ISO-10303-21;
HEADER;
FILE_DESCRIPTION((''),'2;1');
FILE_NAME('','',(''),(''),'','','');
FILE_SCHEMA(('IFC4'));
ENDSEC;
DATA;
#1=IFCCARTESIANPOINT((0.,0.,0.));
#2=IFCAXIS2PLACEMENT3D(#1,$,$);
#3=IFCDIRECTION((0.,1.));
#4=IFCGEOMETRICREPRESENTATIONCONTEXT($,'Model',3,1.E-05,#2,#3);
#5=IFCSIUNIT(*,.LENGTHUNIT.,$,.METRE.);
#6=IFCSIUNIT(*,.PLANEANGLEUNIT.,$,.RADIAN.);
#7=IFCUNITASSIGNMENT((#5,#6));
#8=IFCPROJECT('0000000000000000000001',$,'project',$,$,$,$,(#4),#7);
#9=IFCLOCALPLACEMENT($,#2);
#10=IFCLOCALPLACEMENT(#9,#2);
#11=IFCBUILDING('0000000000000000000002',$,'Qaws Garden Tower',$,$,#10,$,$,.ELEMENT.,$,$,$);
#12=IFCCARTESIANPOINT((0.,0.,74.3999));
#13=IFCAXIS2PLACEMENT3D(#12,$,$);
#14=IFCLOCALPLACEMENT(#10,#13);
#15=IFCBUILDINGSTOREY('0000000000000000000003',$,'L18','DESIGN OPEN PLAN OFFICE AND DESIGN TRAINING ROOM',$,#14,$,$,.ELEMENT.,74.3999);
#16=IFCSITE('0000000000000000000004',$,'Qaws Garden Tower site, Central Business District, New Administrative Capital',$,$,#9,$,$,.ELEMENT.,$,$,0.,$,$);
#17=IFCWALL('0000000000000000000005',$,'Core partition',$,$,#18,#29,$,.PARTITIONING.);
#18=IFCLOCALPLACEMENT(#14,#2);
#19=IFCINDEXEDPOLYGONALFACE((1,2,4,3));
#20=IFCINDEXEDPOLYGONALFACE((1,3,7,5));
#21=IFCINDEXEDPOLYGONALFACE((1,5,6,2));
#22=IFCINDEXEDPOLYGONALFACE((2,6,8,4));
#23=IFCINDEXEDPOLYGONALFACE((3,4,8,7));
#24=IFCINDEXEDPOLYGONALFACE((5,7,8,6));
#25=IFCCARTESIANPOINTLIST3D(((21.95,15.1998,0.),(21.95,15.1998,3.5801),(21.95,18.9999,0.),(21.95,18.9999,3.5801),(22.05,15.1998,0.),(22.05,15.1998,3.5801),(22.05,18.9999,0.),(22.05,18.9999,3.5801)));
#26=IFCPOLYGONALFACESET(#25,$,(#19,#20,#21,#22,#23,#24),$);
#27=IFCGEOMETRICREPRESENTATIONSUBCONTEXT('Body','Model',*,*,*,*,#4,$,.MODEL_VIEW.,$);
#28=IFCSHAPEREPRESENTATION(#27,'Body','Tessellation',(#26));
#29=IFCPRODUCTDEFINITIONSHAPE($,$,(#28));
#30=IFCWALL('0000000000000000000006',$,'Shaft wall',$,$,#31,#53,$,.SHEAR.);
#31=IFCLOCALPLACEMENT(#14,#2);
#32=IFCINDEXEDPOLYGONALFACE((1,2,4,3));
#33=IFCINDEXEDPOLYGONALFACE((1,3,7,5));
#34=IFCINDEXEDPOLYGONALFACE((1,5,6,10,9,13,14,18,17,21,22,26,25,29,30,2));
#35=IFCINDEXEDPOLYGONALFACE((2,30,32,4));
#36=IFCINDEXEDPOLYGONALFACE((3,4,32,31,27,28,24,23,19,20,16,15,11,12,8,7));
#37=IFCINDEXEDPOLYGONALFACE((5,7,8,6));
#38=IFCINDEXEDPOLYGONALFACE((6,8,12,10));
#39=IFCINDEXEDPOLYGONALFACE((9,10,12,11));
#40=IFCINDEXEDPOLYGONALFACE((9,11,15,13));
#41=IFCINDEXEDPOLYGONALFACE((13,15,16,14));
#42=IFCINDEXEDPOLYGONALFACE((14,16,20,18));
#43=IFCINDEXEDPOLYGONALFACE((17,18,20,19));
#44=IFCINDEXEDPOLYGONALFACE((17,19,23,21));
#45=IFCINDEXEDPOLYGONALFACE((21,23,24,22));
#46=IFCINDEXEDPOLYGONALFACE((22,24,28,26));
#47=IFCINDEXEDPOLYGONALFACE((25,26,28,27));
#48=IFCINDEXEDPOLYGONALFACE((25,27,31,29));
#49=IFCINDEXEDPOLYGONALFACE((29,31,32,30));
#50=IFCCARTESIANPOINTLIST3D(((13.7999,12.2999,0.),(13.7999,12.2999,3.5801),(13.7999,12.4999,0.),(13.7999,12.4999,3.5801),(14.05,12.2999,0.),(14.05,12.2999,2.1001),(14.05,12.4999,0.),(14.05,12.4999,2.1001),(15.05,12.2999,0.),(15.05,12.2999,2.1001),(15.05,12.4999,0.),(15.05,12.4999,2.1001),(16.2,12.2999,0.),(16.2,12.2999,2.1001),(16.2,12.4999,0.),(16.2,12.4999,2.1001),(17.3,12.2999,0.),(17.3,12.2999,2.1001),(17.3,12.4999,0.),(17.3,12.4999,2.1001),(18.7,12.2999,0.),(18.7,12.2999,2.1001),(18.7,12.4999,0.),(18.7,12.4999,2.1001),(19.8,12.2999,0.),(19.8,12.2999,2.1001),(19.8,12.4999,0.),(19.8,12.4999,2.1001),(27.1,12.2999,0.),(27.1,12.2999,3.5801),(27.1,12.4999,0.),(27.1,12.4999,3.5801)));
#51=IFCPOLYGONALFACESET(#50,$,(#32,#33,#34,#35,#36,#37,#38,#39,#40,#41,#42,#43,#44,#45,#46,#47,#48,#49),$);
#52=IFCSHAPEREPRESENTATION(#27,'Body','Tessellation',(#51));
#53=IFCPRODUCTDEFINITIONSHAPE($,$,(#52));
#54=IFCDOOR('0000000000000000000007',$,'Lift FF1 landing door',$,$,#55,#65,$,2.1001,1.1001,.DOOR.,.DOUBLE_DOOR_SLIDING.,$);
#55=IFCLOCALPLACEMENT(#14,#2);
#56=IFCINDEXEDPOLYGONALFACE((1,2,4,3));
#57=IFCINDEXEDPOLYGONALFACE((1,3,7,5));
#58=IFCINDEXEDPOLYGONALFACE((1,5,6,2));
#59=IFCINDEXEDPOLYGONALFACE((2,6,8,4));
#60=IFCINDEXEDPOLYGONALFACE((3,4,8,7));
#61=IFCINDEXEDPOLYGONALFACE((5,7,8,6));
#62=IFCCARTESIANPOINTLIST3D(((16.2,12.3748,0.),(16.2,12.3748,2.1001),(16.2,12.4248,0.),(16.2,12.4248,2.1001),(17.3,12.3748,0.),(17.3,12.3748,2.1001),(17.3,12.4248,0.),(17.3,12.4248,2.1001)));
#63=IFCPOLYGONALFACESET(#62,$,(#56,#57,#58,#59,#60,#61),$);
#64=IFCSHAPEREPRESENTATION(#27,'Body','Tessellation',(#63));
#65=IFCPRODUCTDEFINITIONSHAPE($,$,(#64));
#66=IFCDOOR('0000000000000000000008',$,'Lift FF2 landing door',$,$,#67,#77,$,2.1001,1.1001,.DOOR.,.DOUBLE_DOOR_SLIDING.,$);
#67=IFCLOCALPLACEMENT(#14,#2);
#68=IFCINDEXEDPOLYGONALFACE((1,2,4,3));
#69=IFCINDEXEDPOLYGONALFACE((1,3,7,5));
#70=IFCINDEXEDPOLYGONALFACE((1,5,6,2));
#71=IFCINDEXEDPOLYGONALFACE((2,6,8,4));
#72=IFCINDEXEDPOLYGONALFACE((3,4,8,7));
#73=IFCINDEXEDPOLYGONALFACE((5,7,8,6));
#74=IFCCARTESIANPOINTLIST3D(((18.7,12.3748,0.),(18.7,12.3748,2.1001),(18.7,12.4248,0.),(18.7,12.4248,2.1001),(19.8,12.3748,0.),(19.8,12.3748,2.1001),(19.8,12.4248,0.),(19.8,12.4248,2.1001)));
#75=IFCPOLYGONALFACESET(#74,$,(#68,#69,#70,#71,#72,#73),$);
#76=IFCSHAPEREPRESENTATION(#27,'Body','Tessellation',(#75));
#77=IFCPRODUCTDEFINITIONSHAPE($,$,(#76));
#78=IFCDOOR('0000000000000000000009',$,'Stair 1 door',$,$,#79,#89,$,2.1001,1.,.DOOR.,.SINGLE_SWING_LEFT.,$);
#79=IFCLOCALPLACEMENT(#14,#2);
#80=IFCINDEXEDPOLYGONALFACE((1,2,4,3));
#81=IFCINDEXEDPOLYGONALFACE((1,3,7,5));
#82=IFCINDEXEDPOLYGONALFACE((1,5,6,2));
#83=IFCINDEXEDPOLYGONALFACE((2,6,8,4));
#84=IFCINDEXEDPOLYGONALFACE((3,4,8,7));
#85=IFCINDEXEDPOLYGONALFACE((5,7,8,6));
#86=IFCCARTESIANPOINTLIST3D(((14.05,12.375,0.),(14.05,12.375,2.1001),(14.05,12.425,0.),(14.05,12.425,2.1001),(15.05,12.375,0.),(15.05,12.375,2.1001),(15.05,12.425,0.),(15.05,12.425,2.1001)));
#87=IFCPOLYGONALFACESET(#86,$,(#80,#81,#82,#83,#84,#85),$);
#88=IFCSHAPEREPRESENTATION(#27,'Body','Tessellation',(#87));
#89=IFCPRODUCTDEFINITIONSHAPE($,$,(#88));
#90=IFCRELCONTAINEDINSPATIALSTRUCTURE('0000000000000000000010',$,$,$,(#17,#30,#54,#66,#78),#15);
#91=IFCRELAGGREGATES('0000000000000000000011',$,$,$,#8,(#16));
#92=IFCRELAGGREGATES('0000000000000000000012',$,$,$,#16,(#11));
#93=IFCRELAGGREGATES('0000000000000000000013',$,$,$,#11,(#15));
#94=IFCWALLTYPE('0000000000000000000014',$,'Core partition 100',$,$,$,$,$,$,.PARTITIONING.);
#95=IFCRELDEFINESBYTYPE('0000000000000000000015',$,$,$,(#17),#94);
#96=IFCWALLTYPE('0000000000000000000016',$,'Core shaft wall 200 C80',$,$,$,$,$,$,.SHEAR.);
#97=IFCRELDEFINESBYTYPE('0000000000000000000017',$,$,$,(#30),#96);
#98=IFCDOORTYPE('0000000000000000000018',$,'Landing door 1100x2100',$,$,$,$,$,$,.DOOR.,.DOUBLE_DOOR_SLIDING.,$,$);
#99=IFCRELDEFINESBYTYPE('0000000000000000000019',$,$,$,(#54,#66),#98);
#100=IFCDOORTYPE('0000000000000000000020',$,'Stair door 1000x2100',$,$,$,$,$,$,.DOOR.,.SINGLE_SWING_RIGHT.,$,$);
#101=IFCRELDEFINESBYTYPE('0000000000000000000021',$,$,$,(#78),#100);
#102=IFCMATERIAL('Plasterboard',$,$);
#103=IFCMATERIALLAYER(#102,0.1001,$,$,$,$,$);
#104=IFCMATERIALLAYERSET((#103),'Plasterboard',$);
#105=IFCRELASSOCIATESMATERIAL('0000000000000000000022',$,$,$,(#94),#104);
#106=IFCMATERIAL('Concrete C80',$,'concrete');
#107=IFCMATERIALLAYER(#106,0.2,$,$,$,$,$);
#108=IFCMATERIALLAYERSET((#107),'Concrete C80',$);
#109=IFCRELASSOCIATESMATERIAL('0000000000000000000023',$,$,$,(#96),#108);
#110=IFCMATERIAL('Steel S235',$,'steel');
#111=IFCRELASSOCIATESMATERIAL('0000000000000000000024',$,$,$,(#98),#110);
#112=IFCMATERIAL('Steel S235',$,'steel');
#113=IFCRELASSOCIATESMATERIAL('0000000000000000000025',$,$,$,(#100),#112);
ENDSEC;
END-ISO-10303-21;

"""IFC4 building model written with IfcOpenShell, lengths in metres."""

from ifc_helpers import new_model, si_unit, direction, frame, frame_2d, origin, place, context, subcontext, project, spatial, rectangle, extrude, material, layer, layer_set, type_object, element, fill, save


model = new_model("IFC4")

# Units and contexts
model_context = context("Model", 3, precision=1e-05, world=origin(), true_north=direction((0.0, 1.0)))
body_context = subcontext(model_context, "Body", "Model", "MODEL_VIEW")
ifc_project = project(units=[si_unit("LENGTHUNIT", "METRE"), si_unit("PLANEANGLEUNIT", "RADIAN")], contexts=[model_context])

# Site, building, storey
site_placement = place(None, origin())
site = spatial("IfcSite", under=ifc_project, at=site_placement, Name="Qaws Garden Tower site, Central Business District, New Administrative Capital", CompositionType="ELEMENT", RefElevation=0.0)
building_placement = place(site_placement, origin())
building = spatial("IfcBuilding", under=site, at=building_placement, Name="Qaws Garden Tower", CompositionType="ELEMENT")
storey_placement = place(building_placement, frame((0.0, 0.0, 74.3999)))
storey = spatial("IfcBuildingStorey", under=building, at=storey_placement, Name="L18", Description="DESIGN OPEN PLAN OFFICE AND DESIGN TRAINING ROOM", CompositionType="ELEMENT", Elevation=74.3999)

# Shared definitions
ifc_material_1 = material(Name="Plasterboard")
ifc_layer_1 = layer(ifc_material_1, 0.1001)
ifc_layer_set_1 = layer_set([ifc_layer_1], Name="Plasterboard")
wall_type_1 = type_object("IfcWallType", Name="Core partition 100", PredefinedType="PARTITIONING", material=ifc_layer_set_1)

# Wall
wall_1_placement = place(storey_placement, frame((22.0, 15.2, 0.0), z_axis=(0.0, 0.0, 1.0), x_axis=(0.0, 1.0, 0.0)))
element("IfcWall", 1, at=wall_1_placement, inside=storey, type_object=wall_type_1, Name="Core partition", PredefinedType="PARTITIONING", context=body_context, shape_type="SweptSolid", body=[
    extrude(rectangle(XDim=3.8, YDim=0.1001, at=frame_2d((1.8999, 0.0))), origin(), (0.0, 0.0, 1.0), 3.5801),
])

# Wall, openings, doors
ifc_material_2 = material(Name="Concrete C80", Category="concrete")
ifc_layer_2 = layer(ifc_material_2, 0.2)
ifc_layer_set_2 = layer_set([ifc_layer_2], Name="Concrete C80")
wall_type_2 = type_object("IfcWallType", Name="Core shaft wall 200 C80", PredefinedType="SHEAR", material=ifc_layer_set_2)
wall_2_placement = place(storey_placement, frame((13.8, 12.3999, 0.0), z_axis=(0.0, 0.0, 1.0), x_axis=(1.0, 0.0, 0.0)))
wall_2 = element("IfcWall", 2, at=wall_2_placement, inside=storey, type_object=wall_type_2, Name="Shaft wall", PredefinedType="SHEAR", context=body_context, shape_type="SweptSolid", body=[
    extrude(rectangle(XDim=13.3, YDim=0.2, at=frame_2d((6.6499, 0.0))), origin(), (0.0, 0.0, 1.0), 3.5801),
])
opening_1_placement = place(wall_2_placement, frame((2.3999, 0.0, 0.0)))
opening_1 = element("IfcOpeningElement", 3, at=opening_1_placement, cuts=wall_2, PredefinedType="OPENING", context=body_context, shape_type="SweptSolid", body=[
    extrude(rectangle(XDim=1.1001, YDim=2.1001, at=frame_2d((0.55, 1.05))), frame((0.0, 0.1099, 0.0), z_axis=(0.0, -1.0, 0.0), x_axis=(1.0, 0.0, 0.0)), (0.0, 0.0, 1.0), 0.22),
])
opening_2_placement = place(wall_2_placement, frame((4.8999, 0.0, 0.0)))
opening_2 = element("IfcOpeningElement", 4, at=opening_2_placement, cuts=wall_2, PredefinedType="OPENING", context=body_context, shape_type="SweptSolid", body=[
    extrude(rectangle(XDim=1.1001, YDim=2.1001, at=frame_2d((0.55, 1.05))), frame((0.0, 0.1099, 0.0), z_axis=(0.0, -1.0, 0.0), x_axis=(1.0, 0.0, 0.0)), (0.0, 0.0, 1.0), 0.22),
])
opening_3_placement = place(wall_2_placement, frame((0.25, 0.0, 0.0)))
opening_3 = element("IfcOpeningElement", 5, at=opening_3_placement, cuts=wall_2, PredefinedType="OPENING", context=body_context, shape_type="SweptSolid", body=[
    extrude(rectangle(XDim=1.0, YDim=2.1001, at=frame_2d((0.5, 1.05))), frame((0.0, 0.1099, 0.0), z_axis=(0.0, -1.0, 0.0), x_axis=(1.0, 0.0, 0.0)), (0.0, 0.0, 1.0), 0.22),
])
ifc_material_3 = material(Name="Steel S235", Category="steel")
door_type_1 = type_object("IfcDoorType", Name="Landing door 1100x2100", OperationType="DOUBLE_DOOR_SLIDING", PredefinedType="DOOR", material=ifc_material_3)
door_1_placement = place(opening_1_placement, origin())
door_1 = element("IfcDoor", 6, at=door_1_placement, inside=storey, type_object=door_type_1, Name="Lift FF1 landing door", OperationType="DOUBLE_DOOR_SLIDING", OverallHeight=2.1001, OverallWidth=1.1001, PredefinedType="DOOR", context=body_context, shape_type="SweptSolid", body=[
    extrude(rectangle(XDim=1.1001, YDim=2.1001, at=frame_2d((0.55, 1.05))), frame((0.0, 0.0249, 0.0), z_axis=(0.0, -1.0, 0.0), x_axis=(1.0, 0.0, 0.0)), (0.0, 0.0, 1.0), 0.05),
])
fill(opening_1, door_1)
door_2_placement = place(opening_2_placement, origin())
door_2 = element("IfcDoor", 7, at=door_2_placement, inside=storey, type_object=door_type_1, Name="Lift FF2 landing door", OperationType="DOUBLE_DOOR_SLIDING", OverallHeight=2.1001, OverallWidth=1.1001, PredefinedType="DOOR", context=body_context, shape_type="SweptSolid", body=[
    extrude(rectangle(XDim=1.1001, YDim=2.1001, at=frame_2d((0.55, 1.05))), frame((0.0, 0.0249, 0.0), z_axis=(0.0, -1.0, 0.0), x_axis=(1.0, 0.0, 0.0)), (0.0, 0.0, 1.0), 0.05),
])
fill(opening_2, door_2)
ifc_material_4 = material(Name="Steel S235", Category="steel")
door_type_2 = type_object("IfcDoorType", Name="Stair door 1000x2100", OperationType="SINGLE_SWING_RIGHT", PredefinedType="DOOR", material=ifc_material_4)
door_3_placement = place(opening_3_placement, frame((1.0, 0.0, 0.0), z_axis=(0.0, 0.0, 1.0), x_axis=(-1.0, 0.0, 0.0)))
door_3 = element("IfcDoor", 8, at=door_3_placement, inside=storey, type_object=door_type_2, Name="Stair 1 door", OperationType="SINGLE_SWING_LEFT", OverallHeight=2.1001, OverallWidth=1.0, PredefinedType="DOOR", context=body_context, shape_type="SweptSolid", body=[
    extrude(rectangle(XDim=1.0, YDim=2.1001, at=frame_2d((0.5, 1.05))), frame((0.0, 0.0249, 0.0), z_axis=(0.0, -1.0, 0.0), x_axis=(1.0, 0.0, 0.0)), (0.0, 0.0, 1.0), 0.05),
])
fill(opening_3, door_3)

save(model, "model.ifc")
